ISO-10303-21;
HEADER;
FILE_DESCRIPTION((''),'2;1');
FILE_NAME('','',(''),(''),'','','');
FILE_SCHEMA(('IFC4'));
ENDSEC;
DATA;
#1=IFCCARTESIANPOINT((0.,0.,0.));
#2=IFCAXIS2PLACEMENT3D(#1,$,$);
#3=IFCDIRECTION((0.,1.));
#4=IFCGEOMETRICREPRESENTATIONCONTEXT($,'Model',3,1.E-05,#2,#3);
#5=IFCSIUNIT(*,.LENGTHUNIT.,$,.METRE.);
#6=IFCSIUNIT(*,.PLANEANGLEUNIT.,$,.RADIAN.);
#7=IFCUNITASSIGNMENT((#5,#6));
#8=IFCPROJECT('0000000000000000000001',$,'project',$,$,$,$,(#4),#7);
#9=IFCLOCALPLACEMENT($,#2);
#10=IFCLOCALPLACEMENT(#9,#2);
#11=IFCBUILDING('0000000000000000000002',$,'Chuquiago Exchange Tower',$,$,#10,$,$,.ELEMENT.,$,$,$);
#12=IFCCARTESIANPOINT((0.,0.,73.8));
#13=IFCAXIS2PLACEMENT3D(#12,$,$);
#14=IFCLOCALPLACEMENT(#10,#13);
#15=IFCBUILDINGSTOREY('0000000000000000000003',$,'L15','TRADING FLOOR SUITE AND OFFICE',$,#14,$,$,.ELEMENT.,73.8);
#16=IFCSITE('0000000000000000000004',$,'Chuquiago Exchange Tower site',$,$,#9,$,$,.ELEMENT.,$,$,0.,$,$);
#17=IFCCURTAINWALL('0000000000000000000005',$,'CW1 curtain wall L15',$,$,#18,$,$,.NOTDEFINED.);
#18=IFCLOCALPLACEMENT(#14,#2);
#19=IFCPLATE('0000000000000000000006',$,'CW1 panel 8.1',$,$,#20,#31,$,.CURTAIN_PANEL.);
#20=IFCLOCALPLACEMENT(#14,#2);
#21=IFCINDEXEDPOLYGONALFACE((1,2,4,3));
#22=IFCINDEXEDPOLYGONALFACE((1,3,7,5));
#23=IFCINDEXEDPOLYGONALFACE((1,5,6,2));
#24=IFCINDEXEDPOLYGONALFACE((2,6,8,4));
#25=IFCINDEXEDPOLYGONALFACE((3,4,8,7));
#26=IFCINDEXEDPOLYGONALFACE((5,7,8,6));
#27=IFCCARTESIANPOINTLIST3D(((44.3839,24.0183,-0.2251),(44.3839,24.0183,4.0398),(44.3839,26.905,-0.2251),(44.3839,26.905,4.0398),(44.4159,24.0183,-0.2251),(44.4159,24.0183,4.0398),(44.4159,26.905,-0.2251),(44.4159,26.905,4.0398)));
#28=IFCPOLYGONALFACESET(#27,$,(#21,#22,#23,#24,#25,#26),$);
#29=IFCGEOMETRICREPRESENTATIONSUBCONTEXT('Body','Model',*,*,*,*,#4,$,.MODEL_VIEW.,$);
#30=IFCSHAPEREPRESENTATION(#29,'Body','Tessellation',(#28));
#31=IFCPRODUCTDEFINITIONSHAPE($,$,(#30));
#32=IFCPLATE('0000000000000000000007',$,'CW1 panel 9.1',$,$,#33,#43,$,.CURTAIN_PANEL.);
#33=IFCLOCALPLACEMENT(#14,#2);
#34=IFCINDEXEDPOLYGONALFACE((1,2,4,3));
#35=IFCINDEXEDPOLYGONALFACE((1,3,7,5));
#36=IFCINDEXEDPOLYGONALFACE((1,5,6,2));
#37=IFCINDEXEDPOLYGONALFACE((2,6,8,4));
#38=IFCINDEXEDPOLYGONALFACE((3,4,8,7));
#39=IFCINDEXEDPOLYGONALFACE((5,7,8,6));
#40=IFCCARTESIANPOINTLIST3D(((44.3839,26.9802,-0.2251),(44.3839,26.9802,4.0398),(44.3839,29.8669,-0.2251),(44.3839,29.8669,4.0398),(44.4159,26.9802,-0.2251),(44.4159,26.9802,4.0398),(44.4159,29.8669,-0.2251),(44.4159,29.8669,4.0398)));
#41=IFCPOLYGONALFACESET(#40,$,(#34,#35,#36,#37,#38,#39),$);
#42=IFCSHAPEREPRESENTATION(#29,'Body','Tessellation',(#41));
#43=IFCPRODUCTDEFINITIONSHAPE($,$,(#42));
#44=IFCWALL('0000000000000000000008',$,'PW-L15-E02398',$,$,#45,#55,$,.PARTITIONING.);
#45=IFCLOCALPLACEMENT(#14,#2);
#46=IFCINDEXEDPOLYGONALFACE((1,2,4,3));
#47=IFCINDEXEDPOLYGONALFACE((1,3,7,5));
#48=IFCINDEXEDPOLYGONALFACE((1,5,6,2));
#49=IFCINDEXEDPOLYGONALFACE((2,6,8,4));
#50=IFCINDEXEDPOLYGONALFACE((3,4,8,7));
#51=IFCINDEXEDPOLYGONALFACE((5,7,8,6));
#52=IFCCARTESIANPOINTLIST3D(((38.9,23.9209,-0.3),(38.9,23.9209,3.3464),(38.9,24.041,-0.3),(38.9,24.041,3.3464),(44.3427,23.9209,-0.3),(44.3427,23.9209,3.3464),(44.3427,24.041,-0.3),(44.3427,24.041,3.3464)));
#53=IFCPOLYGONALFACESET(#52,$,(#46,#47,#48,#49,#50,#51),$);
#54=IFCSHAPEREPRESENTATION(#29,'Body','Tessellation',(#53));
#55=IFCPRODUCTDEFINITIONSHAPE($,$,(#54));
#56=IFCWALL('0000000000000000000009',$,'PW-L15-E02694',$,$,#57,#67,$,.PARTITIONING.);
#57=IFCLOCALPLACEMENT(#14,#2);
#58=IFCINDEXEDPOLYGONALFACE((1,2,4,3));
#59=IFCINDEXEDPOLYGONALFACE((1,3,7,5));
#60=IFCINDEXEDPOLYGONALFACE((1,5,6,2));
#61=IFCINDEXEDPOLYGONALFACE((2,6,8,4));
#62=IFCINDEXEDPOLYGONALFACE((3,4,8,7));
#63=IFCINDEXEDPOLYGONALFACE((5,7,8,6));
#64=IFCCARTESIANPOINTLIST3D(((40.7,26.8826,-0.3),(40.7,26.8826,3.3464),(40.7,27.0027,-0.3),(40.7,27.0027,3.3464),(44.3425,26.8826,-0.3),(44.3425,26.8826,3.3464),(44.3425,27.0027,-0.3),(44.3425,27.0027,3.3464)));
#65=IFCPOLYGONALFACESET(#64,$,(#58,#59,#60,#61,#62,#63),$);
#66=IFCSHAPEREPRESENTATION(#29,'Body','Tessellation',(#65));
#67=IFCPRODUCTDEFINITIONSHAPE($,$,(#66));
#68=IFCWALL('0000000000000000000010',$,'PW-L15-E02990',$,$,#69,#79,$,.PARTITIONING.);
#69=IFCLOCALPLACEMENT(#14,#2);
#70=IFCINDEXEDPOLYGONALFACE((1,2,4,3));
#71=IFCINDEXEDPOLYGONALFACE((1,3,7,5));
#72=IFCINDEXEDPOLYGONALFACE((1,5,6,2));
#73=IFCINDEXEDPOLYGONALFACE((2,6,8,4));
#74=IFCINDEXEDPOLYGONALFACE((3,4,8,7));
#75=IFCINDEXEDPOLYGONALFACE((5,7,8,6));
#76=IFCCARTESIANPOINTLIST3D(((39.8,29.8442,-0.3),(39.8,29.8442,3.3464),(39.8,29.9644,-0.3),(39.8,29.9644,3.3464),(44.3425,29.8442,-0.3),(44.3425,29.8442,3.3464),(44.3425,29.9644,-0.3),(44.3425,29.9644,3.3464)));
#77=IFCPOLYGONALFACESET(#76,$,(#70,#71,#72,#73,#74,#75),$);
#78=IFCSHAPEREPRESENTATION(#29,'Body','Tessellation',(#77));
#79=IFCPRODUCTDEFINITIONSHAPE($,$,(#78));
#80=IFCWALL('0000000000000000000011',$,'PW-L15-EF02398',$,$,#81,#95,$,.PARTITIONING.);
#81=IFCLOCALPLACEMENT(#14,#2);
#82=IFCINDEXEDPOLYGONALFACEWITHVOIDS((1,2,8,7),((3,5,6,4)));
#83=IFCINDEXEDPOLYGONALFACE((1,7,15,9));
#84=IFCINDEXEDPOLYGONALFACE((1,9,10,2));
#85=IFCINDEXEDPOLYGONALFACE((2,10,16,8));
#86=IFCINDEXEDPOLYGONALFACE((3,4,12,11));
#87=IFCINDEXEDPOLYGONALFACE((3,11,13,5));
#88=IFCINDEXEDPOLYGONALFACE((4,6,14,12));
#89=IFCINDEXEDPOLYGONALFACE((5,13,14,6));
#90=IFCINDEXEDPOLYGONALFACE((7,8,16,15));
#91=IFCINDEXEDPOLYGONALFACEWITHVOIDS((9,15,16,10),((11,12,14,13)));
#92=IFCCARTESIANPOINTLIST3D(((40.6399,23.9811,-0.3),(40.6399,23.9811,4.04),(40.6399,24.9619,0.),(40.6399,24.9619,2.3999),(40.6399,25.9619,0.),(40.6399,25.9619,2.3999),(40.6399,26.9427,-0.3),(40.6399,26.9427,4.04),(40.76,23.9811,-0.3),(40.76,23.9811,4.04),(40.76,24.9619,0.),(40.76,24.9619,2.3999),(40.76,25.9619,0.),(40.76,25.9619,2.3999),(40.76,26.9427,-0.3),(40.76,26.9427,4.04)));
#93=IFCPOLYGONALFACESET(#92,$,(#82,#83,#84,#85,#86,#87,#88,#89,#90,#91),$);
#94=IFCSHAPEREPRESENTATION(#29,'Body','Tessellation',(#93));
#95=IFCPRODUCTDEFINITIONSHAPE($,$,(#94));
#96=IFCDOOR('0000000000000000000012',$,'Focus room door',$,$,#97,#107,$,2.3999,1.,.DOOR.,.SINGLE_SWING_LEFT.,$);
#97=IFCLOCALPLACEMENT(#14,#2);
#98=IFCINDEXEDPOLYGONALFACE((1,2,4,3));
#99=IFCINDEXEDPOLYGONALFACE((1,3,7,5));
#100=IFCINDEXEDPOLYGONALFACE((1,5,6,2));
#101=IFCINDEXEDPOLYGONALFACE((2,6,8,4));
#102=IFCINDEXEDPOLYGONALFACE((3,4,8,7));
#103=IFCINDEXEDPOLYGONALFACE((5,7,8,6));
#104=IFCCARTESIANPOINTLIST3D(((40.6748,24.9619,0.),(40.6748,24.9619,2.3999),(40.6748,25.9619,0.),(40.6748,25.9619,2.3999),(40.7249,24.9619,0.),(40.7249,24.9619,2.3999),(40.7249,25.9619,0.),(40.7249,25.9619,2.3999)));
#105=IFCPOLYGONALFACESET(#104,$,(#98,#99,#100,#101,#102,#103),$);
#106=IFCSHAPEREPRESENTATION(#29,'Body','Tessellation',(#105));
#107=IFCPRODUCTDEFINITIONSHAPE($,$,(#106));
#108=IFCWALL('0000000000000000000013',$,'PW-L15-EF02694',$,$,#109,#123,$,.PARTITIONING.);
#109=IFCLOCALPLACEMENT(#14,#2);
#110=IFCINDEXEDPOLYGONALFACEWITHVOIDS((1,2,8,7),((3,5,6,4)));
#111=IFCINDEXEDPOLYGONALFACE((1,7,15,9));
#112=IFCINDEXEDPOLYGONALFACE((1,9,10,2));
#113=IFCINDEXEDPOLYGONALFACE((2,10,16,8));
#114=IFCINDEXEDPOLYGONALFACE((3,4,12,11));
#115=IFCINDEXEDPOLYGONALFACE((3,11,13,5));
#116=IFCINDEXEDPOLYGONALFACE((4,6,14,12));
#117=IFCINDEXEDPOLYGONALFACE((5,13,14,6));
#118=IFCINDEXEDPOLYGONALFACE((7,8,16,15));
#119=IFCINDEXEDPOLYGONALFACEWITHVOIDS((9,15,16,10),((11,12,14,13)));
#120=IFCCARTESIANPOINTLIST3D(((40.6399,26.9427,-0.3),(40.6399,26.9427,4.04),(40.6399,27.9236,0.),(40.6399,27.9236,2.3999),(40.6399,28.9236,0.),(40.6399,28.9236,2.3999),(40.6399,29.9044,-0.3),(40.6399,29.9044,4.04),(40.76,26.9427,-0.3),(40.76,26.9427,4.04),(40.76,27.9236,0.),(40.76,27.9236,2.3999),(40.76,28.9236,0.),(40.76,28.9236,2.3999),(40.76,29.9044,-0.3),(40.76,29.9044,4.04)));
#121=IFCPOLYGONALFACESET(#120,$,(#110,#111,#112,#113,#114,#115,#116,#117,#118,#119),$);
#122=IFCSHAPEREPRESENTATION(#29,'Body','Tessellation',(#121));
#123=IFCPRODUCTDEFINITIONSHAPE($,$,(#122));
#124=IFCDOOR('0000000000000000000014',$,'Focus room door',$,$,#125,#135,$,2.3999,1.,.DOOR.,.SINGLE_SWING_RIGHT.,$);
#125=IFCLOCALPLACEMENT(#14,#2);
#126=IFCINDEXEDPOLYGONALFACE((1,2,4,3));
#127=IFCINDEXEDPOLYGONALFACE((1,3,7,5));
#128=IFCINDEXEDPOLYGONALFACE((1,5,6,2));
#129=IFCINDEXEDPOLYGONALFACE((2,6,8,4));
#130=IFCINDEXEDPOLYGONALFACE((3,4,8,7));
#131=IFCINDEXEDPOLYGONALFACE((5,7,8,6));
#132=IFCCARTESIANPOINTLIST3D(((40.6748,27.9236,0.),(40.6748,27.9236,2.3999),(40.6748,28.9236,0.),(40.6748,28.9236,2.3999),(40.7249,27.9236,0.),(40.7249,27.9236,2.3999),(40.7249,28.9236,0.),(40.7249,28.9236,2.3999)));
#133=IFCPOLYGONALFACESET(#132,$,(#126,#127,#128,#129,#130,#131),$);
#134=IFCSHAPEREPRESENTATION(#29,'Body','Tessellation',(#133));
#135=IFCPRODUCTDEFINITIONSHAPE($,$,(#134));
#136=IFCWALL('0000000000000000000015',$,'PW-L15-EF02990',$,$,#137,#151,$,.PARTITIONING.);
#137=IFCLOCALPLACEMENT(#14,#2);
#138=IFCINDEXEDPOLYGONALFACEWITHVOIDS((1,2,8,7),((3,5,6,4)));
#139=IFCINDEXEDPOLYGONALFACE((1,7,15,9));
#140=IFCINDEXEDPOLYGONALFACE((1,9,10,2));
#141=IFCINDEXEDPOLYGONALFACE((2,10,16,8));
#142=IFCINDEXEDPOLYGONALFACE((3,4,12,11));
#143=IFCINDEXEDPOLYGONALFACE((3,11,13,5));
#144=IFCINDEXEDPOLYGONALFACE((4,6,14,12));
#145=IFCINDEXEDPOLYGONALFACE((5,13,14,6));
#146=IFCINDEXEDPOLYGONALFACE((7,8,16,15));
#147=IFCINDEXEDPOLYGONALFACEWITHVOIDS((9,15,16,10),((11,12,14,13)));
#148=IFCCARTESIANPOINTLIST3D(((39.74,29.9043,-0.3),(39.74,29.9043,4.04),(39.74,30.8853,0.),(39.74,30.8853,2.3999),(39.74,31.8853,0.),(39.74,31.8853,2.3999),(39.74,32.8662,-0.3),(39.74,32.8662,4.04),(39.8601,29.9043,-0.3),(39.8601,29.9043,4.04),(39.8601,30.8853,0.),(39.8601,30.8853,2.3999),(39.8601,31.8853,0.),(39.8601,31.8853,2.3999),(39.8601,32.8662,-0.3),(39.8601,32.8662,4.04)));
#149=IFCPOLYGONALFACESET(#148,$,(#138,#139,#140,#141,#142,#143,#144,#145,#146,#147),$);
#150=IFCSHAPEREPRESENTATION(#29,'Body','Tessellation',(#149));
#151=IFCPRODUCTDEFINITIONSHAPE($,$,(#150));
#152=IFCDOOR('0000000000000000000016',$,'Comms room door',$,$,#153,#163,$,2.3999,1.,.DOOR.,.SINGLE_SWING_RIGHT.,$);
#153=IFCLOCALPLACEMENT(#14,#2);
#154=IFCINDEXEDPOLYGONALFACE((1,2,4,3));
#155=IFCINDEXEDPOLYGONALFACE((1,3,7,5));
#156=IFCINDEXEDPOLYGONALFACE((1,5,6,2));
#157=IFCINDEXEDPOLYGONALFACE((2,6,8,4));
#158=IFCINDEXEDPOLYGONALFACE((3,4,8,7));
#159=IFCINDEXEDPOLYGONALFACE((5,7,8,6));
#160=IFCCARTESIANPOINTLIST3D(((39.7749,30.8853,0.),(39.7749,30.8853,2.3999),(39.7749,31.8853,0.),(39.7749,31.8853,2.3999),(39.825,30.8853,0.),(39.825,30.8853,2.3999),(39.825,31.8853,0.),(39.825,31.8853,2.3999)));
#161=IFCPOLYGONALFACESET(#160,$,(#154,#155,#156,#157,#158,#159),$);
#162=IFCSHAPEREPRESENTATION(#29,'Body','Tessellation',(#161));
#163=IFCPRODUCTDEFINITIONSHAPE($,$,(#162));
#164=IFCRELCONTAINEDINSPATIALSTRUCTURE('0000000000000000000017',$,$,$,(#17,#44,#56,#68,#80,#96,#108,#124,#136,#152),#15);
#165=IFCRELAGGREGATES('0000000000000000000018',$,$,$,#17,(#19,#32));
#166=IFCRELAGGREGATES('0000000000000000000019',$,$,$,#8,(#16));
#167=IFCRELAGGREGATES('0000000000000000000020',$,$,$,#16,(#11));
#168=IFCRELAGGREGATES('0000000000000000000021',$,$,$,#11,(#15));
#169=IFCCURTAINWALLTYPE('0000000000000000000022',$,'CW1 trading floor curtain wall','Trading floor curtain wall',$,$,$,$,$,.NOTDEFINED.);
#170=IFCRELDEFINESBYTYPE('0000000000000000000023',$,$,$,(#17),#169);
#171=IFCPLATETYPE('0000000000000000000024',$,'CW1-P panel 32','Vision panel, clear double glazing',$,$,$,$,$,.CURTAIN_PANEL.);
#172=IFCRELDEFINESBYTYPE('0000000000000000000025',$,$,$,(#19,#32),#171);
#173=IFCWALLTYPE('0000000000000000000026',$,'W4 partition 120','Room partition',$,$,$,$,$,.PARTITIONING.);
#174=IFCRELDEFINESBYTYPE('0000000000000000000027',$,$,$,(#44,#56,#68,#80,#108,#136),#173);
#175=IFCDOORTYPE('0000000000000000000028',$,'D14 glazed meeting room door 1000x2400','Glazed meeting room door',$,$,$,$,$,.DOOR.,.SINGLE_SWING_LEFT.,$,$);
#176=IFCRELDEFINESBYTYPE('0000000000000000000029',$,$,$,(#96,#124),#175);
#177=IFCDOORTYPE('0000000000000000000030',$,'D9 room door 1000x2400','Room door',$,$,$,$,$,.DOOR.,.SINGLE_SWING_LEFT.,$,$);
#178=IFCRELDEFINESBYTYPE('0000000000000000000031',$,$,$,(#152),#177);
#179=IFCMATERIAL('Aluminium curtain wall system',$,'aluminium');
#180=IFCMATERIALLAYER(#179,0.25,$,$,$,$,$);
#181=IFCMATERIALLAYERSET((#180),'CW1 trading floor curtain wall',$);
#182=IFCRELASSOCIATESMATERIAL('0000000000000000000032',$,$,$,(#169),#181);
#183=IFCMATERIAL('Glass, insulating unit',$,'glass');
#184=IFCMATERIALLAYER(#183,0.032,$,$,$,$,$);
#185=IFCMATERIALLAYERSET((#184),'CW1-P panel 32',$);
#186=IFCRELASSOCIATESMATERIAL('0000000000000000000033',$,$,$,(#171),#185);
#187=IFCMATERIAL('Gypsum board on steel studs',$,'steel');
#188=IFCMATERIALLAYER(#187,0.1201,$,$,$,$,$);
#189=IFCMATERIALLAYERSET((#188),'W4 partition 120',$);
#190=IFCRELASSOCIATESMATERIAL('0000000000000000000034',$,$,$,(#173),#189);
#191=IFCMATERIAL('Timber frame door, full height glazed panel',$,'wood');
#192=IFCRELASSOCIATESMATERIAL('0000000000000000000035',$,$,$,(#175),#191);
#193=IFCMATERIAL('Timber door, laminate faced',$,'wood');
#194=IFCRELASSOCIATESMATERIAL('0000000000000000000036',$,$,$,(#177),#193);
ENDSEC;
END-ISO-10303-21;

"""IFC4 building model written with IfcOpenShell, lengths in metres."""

from ifc_helpers import new_model, si_unit, direction, frame, frame_2d, origin, origin_2d, place, context, subcontext, project, spatial, rectangle, extrude, material, layer, layer_set, type_object, element, fill, aggregate, save


model = new_model("IFC4")

# Units and contexts
model_context = context("Model", 3, precision=1e-05, world=origin(), true_north=direction((0.0, 1.0)))
body_context = subcontext(model_context, "Body", "Model", "MODEL_VIEW")
ifc_project = project(units=[si_unit("LENGTHUNIT", "METRE"), si_unit("PLANEANGLEUNIT", "RADIAN")], contexts=[model_context])

# Site, building, storey
site_placement = place(None, origin())
site = spatial("IfcSite", under=ifc_project, at=site_placement, Name="Chuquiago Exchange Tower site", CompositionType="ELEMENT", RefElevation=0.0)
building_placement = place(site_placement, origin())
building = spatial("IfcBuilding", under=site, at=building_placement, Name="Chuquiago Exchange Tower", CompositionType="ELEMENT")
storey_placement = place(building_placement, frame((0.0, 0.0, 73.8)))
storey = spatial("IfcBuildingStorey", under=building, at=storey_placement, Name="L15", Description="TRADING FLOOR SUITE AND OFFICE", CompositionType="ELEMENT", Elevation=73.8)

# Curtain wall
ifc_material_1 = material(Name="Aluminium curtain wall system", Category="aluminium")
ifc_layer_1 = layer(ifc_material_1, 0.25)
ifc_layer_set_1 = layer_set([ifc_layer_1], Name="CW1 trading floor curtain wall")
curtain_wall_type = type_object("IfcCurtainWallType", Name="CW1 trading floor curtain wall", Description="Trading floor curtain wall", PredefinedType="NOTDEFINED", material=ifc_layer_set_1)
curtain_wall_placement = place(storey_placement, origin())
curtain_wall = element("IfcCurtainWall", 1, at=curtain_wall_placement, inside=storey, type_object=curtain_wall_type, Name="CW1 curtain wall L15", PredefinedType="NOTDEFINED")

# Plates
ifc_material_2 = material(Name="Glass, insulating unit", Category="glass")
ifc_layer_2 = layer(ifc_material_2, 0.032)
ifc_layer_set_2 = layer_set([ifc_layer_2], Name="CW1-P panel 32")
plate_type = type_object("IfcPlateType", Name="CW1-P panel 32", Description="Vision panel, clear double glazing", PredefinedType="CURTAIN_PANEL", material=ifc_layer_set_2)
plate_1_placement = place(storey_placement, frame((44.3999, 25.4617, -0.2251), z_axis=(0.0, 0.0, 1.0), x_axis=(0.0, 1.0, 0.0)))
plate_1 = element("IfcPlate", 2, at=plate_1_placement, type_object=plate_type, Name="CW1 panel 8.1", PredefinedType="CURTAIN_PANEL", context=body_context, shape_type="SweptSolid", body=[
    extrude(rectangle(XDim=2.8867, YDim=0.032, at=origin_2d()), origin(), (0.0, 0.0, 1.0), 4.2649),
])
plate_2_placement = place(storey_placement, frame((44.3999, 28.4236, -0.2251), z_axis=(0.0, 0.0, 1.0), x_axis=(0.0, 1.0, 0.0)))
plate_2 = element("IfcPlate", 3, at=plate_2_placement, type_object=plate_type, Name="CW1 panel 9.1", PredefinedType="CURTAIN_PANEL", context=body_context, shape_type="SweptSolid", body=[
    extrude(rectangle(XDim=2.8867, YDim=0.032, at=origin_2d()), origin(), (0.0, 0.0, 1.0), 4.2649),
])
aggregate(curtain_wall, [plate_1, plate_2])

# Walls
ifc_material_3 = material(Name="Gypsum board on steel studs", Category="steel")
ifc_layer_3 = layer(ifc_material_3, 0.1201)
ifc_layer_set_3 = layer_set([ifc_layer_3], Name="W4 partition 120")
wall_type = type_object("IfcWallType", Name="W4 partition 120", Description="Room partition", PredefinedType="PARTITIONING", material=ifc_layer_set_3)
wall_1_placement = place(storey_placement, frame((44.3425, 23.981, -0.3), z_axis=(0.0, 0.0, 1.0), x_axis=(-1.0, 0.0, 0.0)))
element("IfcWall", 4, at=wall_1_placement, inside=storey, type_object=wall_type, Name="PW-L15-E02398", PredefinedType="PARTITIONING", context=body_context, shape_type="SweptSolid", body=[
    extrude(rectangle(XDim=5.4426, YDim=0.1201, at=frame_2d((2.7212, 0.0))), origin(), (0.0, 0.0, 1.0), 3.6465),
])
wall_2_placement = place(storey_placement, frame((44.3425, 26.9426, -0.3), z_axis=(0.0, 0.0, 1.0), x_axis=(-1.0, 0.0, 0.0)))
element("IfcWall", 5, at=wall_2_placement, inside=storey, type_object=wall_type, Name="PW-L15-E02694", PredefinedType="PARTITIONING", context=body_context, shape_type="SweptSolid", body=[
    extrude(rectangle(XDim=3.6426, YDim=0.1201, at=frame_2d((1.8213, 0.0))), origin(), (0.0, 0.0, 1.0), 3.6465),
])
wall_3_placement = place(storey_placement, frame((44.3425, 29.9043, -0.3), z_axis=(0.0, 0.0, 1.0), x_axis=(-1.0, 0.0, 0.0)))
element("IfcWall", 6, at=wall_3_placement, inside=storey, type_object=wall_type, Name="PW-L15-E02990", PredefinedType="PARTITIONING", context=body_context, shape_type="SweptSolid", body=[
    extrude(rectangle(XDim=4.5425, YDim=0.1201, at=frame_2d((2.2712, 0.0))), origin(), (0.0, 0.0, 1.0), 3.6465),
])

# Walls, openings, doors
wall_4_placement = place(storey_placement, frame((40.7, 23.981, -0.3), z_axis=(0.0, 0.0, 1.0), x_axis=(0.0, 1.0, 0.0)))
wall_4 = element("IfcWall", 7, at=wall_4_placement, inside=storey, type_object=wall_type, Name="PW-L15-EF02398", PredefinedType="PARTITIONING", context=body_context, shape_type="SweptSolid", body=[
    extrude(rectangle(XDim=2.9617, YDim=0.1201, at=frame_2d((1.481, 0.0))), origin(), (0.0, 0.0, 1.0), 4.3401),
])
opening_1_placement = place(wall_4_placement, frame((0.981, 0.0, 0.3)))
opening_1 = element("IfcOpeningElement", 8, at=opening_1_placement, cuts=wall_4, PredefinedType="OPENING", context=body_context, shape_type="SweptSolid", body=[
    extrude(rectangle(XDim=1.0, YDim=2.3999, at=frame_2d((0.5, 1.2))), frame((0.0, 0.0701, 0.0), z_axis=(0.0, -1.0, 0.0), x_axis=(1.0, 0.0, 0.0)), (0.0, 0.0, 1.0), 0.1401),
])
ifc_material_4 = material(Name="Timber frame door, full height glazed panel", Category="wood")
door_type_1 = type_object("IfcDoorType", Name="D14 glazed meeting room door 1000x2400", Description="Glazed meeting room door", OperationType="SINGLE_SWING_LEFT", PredefinedType="DOOR", material=ifc_material_4)
door_1_placement = place(opening_1_placement, frame((1.0, 0.0, 0.0), z_axis=(0.0, 0.0, 1.0), x_axis=(-1.0, 0.0, 0.0)))
door_1 = element("IfcDoor", 9, at=door_1_placement, inside=storey, type_object=door_type_1, Name="Focus room door", OperationType="SINGLE_SWING_LEFT", OverallHeight=2.3999, OverallWidth=1.0, PredefinedType="DOOR", context=body_context, shape_type="SweptSolid", body=[
    extrude(rectangle(XDim=1.0, YDim=2.3999, at=frame_2d((0.5, 1.2))), frame((0.0, 0.0249, 0.0), z_axis=(0.0, -1.0, 0.0), x_axis=(1.0, 0.0, 0.0)), (0.0, 0.0, 1.0), 0.05),
])
fill(opening_1, door_1)
wall_5_placement = place(storey_placement, frame((40.7, 26.9426, -0.3), z_axis=(0.0, 0.0, 1.0), x_axis=(0.0, 1.0, 0.0)))
wall_5 = element("IfcWall", 10, at=wall_5_placement, inside=storey, type_object=wall_type, Name="PW-L15-EF02694", PredefinedType="PARTITIONING", context=body_context, shape_type="SweptSolid", body=[
    extrude(rectangle(XDim=2.9617, YDim=0.1201, at=frame_2d((1.481, 0.0))), origin(), (0.0, 0.0, 1.0), 4.3401),
])
opening_2_placement = place(wall_5_placement, frame((0.981, 0.0, 0.3)))
opening_2 = element("IfcOpeningElement", 11, at=opening_2_placement, cuts=wall_5, PredefinedType="OPENING", context=body_context, shape_type="SweptSolid", body=[
    extrude(rectangle(XDim=1.0, YDim=2.3999, at=frame_2d((0.5, 1.2))), frame((0.0, 0.0701, 0.0), z_axis=(0.0, -1.0, 0.0), x_axis=(1.0, 0.0, 0.0)), (0.0, 0.0, 1.0), 0.1401),
])
door_2_placement = place(opening_2_placement, frame((1.0, 0.0, 0.0), z_axis=(0.0, 0.0, 1.0), x_axis=(-1.0, 0.0, 0.0)))
door_2 = element("IfcDoor", 12, at=door_2_placement, inside=storey, type_object=door_type_1, Name="Focus room door", OperationType="SINGLE_SWING_RIGHT", OverallHeight=2.3999, OverallWidth=1.0, PredefinedType="DOOR", context=body_context, shape_type="SweptSolid", body=[
    extrude(rectangle(XDim=1.0, YDim=2.3999, at=frame_2d((0.5, 1.2))), frame((0.0, 0.0249, 0.0), z_axis=(0.0, -1.0, 0.0), x_axis=(1.0, 0.0, 0.0)), (0.0, 0.0, 1.0), 0.05),
])
fill(opening_2, door_2)
wall_6_placement = place(storey_placement, frame((39.8, 29.9043, -0.3), z_axis=(0.0, 0.0, 1.0), x_axis=(0.0, 1.0, 0.0)))
wall_6 = element("IfcWall", 13, at=wall_6_placement, inside=storey, type_object=wall_type, Name="PW-L15-EF02990", PredefinedType="PARTITIONING", context=body_context, shape_type="SweptSolid", body=[
    extrude(rectangle(XDim=2.9619, YDim=0.1201, at=frame_2d((1.481, 0.0))), origin(), (0.0, 0.0, 1.0), 4.3401),
])
opening_3_placement = place(wall_6_placement, frame((0.981, 0.0, 0.3)))
opening_3 = element("IfcOpeningElement", 14, at=opening_3_placement, cuts=wall_6, PredefinedType="OPENING", context=body_context, shape_type="SweptSolid", body=[
    extrude(rectangle(XDim=1.0, YDim=2.3999, at=frame_2d((0.5, 1.2))), frame((0.0, 0.0701, 0.0), z_axis=(0.0, -1.0, 0.0), x_axis=(1.0, 0.0, 0.0)), (0.0, 0.0, 1.0), 0.1401),
])
ifc_material_5 = material(Name="Timber door, laminate faced", Category="wood")
door_type_2 = type_object("IfcDoorType", Name="D9 room door 1000x2400", Description="Room door", OperationType="SINGLE_SWING_LEFT", PredefinedType="DOOR", material=ifc_material_5)
door_3_placement = place(opening_3_placement, frame((1.0, 0.0, 0.0), z_axis=(0.0, 0.0, 1.0), x_axis=(-1.0, 0.0, 0.0)))
door_3 = element("IfcDoor", 15, at=door_3_placement, inside=storey, type_object=door_type_2, Name="Comms room door", OperationType="SINGLE_SWING_RIGHT", OverallHeight=2.3999, OverallWidth=1.0, PredefinedType="DOOR", context=body_context, shape_type="SweptSolid", body=[
    extrude(rectangle(XDim=1.0, YDim=2.3999, at=frame_2d((0.5, 1.2))), frame((0.0, 0.0249, 0.0), z_axis=(0.0, -1.0, 0.0), x_axis=(1.0, 0.0, 0.0)), (0.0, 0.0, 1.0), 0.05),
])
fill(opening_3, door_3)

save(model, "model.ifc")
